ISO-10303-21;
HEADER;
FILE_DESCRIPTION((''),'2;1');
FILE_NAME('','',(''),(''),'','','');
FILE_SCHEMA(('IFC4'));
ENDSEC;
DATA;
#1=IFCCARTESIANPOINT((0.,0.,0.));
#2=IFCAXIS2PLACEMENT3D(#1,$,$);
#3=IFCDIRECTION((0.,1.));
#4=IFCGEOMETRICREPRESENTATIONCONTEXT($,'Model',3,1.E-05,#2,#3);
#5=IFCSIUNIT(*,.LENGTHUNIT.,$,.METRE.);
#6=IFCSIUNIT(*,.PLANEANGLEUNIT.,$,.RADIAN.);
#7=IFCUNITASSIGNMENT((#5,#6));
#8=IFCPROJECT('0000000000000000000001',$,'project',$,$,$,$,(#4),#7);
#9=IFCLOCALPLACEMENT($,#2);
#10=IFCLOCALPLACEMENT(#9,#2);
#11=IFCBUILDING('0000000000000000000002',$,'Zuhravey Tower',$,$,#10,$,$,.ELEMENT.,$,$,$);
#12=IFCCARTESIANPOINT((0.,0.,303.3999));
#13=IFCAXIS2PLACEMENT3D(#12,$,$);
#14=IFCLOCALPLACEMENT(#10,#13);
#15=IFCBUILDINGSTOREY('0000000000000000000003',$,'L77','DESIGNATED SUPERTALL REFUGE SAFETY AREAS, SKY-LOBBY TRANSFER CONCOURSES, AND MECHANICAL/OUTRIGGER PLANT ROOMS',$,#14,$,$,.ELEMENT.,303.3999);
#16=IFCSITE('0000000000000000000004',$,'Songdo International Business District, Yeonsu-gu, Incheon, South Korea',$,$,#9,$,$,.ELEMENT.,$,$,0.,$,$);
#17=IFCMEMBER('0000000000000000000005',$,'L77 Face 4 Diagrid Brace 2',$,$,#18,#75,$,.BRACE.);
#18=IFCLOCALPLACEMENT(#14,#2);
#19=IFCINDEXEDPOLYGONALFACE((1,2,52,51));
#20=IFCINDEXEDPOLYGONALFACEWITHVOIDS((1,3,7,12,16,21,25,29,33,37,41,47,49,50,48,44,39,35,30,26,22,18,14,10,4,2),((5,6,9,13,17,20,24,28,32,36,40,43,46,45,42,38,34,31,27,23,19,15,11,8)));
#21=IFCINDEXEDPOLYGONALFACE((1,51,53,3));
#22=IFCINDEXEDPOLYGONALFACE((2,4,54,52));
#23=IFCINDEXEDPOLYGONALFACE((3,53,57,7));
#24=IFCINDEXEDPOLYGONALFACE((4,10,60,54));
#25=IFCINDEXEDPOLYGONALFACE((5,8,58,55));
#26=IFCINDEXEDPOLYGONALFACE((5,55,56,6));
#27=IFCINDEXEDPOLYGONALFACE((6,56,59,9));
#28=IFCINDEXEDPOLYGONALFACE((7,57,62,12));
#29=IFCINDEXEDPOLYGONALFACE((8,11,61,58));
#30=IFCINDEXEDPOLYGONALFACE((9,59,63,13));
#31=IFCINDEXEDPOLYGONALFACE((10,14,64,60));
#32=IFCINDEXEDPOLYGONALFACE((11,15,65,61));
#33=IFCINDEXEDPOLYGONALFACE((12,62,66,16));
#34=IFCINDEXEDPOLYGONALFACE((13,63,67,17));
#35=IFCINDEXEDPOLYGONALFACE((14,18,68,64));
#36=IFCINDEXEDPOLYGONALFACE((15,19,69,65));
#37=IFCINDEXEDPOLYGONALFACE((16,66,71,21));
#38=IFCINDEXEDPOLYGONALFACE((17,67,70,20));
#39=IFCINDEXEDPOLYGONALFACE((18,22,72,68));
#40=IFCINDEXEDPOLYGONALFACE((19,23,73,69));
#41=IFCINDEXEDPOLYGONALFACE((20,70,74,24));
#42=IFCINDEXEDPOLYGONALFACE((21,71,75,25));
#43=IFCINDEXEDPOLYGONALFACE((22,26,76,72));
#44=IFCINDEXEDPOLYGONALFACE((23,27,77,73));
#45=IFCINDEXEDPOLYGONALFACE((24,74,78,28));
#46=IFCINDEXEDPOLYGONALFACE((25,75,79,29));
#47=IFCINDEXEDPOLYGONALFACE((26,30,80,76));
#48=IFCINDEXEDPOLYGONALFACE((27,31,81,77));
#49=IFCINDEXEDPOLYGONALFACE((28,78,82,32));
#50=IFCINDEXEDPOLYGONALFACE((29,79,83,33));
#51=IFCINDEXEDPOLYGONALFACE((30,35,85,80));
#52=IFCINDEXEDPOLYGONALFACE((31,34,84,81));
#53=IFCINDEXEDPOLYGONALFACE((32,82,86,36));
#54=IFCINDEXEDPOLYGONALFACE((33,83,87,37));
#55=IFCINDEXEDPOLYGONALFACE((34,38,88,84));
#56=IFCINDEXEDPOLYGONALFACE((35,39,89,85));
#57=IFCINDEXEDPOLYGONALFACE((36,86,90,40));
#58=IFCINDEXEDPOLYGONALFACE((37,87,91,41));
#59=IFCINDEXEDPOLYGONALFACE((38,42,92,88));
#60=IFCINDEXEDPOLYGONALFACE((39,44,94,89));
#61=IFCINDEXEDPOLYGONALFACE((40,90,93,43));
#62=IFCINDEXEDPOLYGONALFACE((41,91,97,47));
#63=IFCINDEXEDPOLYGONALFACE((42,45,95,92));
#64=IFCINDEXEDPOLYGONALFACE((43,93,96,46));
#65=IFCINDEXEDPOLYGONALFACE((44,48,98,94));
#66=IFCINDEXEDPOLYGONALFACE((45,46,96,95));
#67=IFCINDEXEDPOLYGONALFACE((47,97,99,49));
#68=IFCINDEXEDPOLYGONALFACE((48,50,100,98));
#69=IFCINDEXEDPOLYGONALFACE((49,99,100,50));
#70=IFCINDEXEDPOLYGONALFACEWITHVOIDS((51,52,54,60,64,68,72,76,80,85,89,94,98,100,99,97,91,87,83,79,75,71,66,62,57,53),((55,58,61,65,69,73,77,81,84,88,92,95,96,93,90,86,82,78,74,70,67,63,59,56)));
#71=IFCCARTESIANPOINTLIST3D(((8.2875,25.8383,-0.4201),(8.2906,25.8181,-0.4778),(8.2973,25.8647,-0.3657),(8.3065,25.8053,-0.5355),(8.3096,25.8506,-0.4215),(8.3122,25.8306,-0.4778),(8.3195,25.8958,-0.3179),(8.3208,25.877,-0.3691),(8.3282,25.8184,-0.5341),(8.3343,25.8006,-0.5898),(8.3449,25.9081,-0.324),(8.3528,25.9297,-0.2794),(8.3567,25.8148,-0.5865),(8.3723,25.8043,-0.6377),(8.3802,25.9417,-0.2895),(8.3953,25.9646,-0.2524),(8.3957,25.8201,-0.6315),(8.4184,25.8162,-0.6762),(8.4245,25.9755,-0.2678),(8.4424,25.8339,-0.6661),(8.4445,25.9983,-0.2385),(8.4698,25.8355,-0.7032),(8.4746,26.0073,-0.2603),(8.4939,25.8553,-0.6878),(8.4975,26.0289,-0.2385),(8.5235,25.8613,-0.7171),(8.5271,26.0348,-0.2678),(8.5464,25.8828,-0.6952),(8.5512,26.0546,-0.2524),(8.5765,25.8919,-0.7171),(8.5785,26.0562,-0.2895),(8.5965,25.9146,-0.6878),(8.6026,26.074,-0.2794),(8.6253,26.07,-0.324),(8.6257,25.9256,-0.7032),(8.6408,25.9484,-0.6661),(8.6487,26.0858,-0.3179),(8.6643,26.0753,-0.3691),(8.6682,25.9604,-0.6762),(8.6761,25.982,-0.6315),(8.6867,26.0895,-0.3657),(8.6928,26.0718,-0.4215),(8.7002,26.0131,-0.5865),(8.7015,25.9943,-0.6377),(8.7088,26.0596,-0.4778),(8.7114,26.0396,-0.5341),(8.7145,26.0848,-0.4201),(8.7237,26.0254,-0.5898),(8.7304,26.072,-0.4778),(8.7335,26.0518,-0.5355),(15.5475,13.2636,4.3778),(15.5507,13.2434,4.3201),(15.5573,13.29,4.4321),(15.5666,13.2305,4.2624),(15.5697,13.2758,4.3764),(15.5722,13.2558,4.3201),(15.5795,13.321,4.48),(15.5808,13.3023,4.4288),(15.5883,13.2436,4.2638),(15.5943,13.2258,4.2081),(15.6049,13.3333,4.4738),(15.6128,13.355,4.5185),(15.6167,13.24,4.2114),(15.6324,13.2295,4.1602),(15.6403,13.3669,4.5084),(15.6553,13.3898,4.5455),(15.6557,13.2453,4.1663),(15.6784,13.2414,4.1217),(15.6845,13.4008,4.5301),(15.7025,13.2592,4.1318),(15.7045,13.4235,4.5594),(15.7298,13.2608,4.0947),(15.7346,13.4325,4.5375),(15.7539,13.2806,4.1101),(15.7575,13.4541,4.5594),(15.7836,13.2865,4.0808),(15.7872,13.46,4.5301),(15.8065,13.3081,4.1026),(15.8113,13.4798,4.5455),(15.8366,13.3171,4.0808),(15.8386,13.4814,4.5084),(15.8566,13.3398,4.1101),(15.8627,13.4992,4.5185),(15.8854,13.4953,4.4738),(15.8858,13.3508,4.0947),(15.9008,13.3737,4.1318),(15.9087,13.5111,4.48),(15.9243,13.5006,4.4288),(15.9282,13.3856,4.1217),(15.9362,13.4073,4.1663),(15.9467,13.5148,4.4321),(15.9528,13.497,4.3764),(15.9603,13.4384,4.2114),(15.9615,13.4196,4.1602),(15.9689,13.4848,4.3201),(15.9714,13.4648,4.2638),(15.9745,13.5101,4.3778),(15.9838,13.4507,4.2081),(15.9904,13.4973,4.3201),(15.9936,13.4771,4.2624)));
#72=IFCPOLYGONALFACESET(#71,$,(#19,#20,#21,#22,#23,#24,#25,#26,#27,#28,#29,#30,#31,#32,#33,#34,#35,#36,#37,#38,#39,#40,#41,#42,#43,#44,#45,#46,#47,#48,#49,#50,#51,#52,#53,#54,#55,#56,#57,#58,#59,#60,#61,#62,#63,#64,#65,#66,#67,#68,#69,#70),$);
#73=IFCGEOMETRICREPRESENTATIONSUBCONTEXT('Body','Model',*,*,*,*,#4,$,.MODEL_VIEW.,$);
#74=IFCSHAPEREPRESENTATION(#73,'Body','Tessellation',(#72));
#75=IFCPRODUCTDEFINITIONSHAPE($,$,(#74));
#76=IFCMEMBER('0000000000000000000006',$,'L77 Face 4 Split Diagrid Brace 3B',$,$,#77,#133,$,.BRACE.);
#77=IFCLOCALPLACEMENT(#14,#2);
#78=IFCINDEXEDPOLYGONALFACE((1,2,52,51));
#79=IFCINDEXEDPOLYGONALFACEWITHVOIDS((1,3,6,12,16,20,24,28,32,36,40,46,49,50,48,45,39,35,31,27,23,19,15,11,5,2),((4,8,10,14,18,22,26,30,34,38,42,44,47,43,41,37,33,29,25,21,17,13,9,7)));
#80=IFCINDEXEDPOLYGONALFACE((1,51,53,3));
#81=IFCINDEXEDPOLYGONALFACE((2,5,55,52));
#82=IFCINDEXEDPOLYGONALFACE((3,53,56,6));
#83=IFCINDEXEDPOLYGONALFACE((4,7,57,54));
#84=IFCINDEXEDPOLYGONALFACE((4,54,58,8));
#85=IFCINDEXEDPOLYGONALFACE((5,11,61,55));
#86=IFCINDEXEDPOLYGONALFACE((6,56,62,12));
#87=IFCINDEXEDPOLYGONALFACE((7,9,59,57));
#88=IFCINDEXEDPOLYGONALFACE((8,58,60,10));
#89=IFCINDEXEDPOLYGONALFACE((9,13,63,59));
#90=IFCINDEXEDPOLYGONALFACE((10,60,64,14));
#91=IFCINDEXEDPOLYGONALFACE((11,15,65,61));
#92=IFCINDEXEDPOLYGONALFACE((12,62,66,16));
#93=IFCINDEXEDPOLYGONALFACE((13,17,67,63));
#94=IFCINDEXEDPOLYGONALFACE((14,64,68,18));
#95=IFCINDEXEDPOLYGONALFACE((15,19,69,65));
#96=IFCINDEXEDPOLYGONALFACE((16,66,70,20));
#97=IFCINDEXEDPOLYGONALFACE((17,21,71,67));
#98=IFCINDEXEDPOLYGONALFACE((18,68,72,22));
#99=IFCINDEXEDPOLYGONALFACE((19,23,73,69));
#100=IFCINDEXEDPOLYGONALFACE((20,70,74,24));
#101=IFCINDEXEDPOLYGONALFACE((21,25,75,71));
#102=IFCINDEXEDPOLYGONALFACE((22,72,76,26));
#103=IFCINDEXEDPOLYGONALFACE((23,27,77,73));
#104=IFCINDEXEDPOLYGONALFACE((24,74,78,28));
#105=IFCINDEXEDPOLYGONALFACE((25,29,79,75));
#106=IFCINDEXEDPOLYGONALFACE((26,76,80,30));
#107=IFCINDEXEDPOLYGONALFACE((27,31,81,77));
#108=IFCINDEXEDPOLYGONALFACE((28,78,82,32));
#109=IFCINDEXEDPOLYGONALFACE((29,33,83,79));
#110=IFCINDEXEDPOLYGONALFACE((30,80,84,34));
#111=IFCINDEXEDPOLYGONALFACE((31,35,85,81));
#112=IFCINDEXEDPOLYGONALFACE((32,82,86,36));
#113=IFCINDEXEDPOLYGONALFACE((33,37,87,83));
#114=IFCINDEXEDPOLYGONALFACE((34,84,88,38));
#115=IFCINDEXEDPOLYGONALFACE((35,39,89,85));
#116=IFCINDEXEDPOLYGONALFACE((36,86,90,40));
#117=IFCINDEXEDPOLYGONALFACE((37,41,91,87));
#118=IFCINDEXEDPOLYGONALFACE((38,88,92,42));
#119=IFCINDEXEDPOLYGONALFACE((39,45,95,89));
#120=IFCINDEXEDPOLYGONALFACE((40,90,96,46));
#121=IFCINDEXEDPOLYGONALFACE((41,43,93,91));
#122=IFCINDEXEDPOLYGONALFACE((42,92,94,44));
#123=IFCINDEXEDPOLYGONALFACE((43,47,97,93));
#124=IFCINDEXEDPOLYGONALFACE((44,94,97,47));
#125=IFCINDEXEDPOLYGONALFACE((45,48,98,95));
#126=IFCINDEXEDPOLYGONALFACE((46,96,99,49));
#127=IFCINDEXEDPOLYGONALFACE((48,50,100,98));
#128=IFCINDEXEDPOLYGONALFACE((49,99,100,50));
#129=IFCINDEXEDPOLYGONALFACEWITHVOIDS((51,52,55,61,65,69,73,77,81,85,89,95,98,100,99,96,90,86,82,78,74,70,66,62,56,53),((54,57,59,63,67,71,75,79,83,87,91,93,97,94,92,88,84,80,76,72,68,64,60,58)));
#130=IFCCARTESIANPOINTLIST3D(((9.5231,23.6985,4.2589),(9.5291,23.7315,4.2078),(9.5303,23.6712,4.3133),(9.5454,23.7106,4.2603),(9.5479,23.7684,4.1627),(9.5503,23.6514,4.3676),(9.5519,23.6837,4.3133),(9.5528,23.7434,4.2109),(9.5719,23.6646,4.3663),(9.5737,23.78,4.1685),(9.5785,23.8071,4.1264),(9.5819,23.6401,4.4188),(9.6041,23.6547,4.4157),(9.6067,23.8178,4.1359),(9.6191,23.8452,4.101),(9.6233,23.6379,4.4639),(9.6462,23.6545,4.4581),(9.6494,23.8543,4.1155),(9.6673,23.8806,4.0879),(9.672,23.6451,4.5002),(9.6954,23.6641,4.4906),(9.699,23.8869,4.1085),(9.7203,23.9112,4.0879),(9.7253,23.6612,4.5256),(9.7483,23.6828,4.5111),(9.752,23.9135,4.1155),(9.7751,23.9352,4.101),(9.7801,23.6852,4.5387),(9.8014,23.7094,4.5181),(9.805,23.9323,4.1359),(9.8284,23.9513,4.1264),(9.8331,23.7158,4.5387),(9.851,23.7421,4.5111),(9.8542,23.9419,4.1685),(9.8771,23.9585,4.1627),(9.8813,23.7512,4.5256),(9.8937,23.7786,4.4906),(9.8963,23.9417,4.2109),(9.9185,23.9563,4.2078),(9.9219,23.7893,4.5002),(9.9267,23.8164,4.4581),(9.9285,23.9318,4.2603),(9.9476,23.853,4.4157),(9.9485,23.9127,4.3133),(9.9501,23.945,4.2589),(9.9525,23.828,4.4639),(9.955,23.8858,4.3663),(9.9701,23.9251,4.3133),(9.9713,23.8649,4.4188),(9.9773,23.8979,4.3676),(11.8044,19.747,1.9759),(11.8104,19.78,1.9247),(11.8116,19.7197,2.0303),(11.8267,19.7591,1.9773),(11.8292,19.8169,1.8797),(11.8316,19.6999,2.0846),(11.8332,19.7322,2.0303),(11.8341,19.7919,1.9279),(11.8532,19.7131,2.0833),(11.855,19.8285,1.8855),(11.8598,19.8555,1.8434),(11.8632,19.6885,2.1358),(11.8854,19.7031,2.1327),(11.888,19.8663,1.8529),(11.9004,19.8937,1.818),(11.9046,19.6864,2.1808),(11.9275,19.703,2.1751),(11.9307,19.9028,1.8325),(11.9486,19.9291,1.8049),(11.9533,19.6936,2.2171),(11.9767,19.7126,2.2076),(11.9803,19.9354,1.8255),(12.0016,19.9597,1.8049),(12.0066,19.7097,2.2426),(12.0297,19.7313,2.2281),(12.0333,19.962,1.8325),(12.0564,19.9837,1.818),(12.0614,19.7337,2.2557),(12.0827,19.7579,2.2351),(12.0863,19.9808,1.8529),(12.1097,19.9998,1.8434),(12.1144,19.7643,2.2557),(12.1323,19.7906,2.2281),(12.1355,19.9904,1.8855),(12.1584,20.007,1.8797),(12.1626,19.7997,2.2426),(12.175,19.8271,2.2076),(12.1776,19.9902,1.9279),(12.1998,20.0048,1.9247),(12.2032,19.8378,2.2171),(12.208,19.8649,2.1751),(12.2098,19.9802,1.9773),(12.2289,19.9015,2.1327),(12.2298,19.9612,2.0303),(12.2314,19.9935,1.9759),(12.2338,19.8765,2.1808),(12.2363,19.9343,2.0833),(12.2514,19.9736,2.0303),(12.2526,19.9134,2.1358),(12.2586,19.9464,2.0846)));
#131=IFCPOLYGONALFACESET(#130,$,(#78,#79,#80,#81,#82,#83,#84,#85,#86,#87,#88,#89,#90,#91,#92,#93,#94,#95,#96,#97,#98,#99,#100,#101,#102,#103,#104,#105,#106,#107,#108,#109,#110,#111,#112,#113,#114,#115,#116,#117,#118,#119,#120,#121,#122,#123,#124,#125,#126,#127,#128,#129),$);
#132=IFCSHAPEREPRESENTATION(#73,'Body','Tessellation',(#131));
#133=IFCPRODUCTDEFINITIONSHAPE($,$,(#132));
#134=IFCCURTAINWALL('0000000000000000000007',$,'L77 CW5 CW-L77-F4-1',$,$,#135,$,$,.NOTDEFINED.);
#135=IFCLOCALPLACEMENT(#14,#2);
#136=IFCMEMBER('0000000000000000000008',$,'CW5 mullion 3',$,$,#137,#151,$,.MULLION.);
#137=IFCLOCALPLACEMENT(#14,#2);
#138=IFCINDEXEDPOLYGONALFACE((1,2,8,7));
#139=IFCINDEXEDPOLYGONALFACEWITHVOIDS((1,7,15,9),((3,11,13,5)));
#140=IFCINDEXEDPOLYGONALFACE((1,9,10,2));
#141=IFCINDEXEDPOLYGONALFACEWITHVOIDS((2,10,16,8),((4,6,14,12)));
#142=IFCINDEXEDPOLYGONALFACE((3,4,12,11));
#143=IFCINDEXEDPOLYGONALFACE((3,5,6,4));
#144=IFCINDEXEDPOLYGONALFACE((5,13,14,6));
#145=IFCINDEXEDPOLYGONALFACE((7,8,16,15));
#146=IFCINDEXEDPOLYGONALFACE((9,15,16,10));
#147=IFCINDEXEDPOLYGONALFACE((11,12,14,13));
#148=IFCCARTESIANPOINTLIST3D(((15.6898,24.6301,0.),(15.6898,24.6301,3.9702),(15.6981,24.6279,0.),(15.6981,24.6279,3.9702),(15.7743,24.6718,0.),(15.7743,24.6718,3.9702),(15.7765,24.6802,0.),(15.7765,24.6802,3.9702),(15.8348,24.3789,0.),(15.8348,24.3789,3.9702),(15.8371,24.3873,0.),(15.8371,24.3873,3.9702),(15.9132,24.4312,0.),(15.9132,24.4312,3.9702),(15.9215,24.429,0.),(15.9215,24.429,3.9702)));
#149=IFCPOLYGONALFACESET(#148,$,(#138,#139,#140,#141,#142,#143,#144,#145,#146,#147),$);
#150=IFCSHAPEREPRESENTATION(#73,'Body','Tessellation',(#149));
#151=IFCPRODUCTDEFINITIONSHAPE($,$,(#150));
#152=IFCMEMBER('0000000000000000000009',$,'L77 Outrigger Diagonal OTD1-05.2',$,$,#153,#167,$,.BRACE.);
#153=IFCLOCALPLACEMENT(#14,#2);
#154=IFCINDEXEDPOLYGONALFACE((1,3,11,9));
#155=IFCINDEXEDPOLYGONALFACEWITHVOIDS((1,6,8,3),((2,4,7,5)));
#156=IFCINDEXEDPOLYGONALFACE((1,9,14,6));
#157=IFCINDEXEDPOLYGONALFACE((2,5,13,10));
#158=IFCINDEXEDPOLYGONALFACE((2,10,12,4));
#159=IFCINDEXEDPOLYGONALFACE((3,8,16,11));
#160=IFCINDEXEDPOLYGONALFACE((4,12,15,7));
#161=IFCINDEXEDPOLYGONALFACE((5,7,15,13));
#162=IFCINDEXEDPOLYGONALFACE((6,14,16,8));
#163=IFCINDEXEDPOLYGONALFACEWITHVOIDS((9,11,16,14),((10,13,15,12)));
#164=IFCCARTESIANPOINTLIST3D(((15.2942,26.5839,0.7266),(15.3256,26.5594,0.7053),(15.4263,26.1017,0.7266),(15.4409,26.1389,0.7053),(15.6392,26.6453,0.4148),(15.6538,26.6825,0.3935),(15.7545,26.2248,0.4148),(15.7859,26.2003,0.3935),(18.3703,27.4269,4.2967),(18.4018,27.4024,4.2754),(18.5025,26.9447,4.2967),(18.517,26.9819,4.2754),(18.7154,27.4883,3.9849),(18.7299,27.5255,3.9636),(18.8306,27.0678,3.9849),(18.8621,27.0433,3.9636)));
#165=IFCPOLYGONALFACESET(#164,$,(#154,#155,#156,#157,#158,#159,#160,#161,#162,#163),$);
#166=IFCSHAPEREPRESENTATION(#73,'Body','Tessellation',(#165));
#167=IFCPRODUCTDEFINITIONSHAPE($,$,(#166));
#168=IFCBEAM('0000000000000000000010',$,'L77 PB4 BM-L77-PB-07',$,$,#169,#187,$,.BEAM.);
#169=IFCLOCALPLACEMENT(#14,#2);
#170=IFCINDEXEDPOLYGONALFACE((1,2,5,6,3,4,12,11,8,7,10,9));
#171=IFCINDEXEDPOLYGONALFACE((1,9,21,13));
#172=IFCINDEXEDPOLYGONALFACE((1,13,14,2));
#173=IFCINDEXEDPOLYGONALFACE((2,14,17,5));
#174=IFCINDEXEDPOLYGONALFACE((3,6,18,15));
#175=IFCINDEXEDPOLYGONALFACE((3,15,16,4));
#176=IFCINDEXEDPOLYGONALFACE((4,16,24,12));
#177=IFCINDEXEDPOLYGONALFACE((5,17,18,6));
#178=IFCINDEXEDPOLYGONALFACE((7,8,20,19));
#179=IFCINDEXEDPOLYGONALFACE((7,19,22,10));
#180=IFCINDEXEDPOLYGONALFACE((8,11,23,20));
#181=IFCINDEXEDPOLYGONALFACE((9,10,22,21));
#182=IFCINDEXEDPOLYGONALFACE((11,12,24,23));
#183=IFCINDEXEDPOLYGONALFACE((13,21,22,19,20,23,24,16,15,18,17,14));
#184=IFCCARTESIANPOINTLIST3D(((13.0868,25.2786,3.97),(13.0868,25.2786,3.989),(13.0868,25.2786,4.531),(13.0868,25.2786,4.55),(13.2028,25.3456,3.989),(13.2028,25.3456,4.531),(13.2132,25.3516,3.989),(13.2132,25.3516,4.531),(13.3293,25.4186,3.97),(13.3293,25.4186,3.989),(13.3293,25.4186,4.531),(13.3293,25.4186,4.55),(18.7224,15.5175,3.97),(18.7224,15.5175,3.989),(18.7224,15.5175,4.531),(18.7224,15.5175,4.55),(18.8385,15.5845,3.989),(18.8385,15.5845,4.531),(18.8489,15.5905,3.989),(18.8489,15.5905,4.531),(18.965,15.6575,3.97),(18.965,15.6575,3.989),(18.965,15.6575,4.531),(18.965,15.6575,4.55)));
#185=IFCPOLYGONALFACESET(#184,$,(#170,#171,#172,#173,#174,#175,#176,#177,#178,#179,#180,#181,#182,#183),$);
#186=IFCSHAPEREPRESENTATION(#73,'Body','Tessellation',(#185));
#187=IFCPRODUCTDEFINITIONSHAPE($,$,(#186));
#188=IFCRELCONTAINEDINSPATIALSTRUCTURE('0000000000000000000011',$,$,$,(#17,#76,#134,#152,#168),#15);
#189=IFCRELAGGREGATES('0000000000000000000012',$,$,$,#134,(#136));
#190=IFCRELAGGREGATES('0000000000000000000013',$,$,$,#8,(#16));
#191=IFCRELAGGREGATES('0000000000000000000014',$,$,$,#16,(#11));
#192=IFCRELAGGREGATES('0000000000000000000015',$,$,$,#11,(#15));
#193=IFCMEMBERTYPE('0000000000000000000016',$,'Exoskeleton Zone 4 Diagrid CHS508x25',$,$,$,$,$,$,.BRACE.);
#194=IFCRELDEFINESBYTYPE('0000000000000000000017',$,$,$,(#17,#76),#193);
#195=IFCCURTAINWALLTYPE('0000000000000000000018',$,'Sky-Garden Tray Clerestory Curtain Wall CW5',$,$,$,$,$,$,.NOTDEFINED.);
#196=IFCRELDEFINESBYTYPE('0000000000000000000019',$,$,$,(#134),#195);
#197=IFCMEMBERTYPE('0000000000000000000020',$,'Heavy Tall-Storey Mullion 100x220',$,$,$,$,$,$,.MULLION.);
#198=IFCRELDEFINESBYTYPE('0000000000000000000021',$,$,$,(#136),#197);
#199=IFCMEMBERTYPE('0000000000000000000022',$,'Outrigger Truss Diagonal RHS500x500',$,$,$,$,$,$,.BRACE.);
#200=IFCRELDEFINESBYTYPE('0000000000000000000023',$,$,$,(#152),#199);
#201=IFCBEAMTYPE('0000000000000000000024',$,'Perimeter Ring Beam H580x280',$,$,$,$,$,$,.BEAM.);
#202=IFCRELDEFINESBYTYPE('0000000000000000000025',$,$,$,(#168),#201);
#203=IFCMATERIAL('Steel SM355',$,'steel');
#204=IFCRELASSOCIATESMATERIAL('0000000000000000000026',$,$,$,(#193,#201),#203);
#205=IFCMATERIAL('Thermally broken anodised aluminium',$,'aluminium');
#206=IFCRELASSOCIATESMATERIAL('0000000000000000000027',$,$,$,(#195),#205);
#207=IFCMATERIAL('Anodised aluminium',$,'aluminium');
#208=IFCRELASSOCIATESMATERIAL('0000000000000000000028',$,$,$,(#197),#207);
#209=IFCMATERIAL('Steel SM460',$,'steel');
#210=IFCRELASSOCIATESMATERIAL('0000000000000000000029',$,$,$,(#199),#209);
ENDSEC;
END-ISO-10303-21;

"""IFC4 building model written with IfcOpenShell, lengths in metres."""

from ifc_helpers import new_model, si_unit, direction, frame, origin, origin_2d, place, context, subcontext, project, spatial, hollow_rectangle, hollow_circle, i_section, extrude, material, material_profile, profile_set, type_object, element, aggregate, save


model = new_model("IFC4")

# Units and contexts
model_context = context("Model", 3, precision=1e-05, world=origin(), true_north=direction((0.0, 1.0)))
body_context = subcontext(model_context, "Body", "Model", "MODEL_VIEW")
ifc_project = project(units=[si_unit("LENGTHUNIT", "METRE"), si_unit("PLANEANGLEUNIT", "RADIAN")], contexts=[model_context])

# Site, building, storey
site_placement = place(None, origin())
site = spatial("IfcSite", under=ifc_project, at=site_placement, Name="Songdo International Business District, Yeonsu-gu, Incheon, South Korea", CompositionType="ELEMENT", RefElevation=0.0)
building_placement = place(site_placement, origin())
building = spatial("IfcBuilding", under=site, at=building_placement, Name="Zuhravey Tower", CompositionType="ELEMENT")
storey_placement = place(building_placement, frame((0.0, 0.0, 303.3999)))
storey = spatial("IfcBuildingStorey", under=building, at=storey_placement, Name="L77", Description="DESIGNATED SUPERTALL REFUGE SAFETY AREAS, SKY-LOBBY TRANSFER CONCOURSES, AND MECHANICAL/OUTRIGGER PLANT ROOMS", CompositionType="ELEMENT", Elevation=303.3999)

# Shared definitions
ifc_material_1 = material(Name="Steel SM355", Category="steel")

# Shared definitions
ifc_material_2 = material(Name="Steel SM460", Category="steel")

# Members
ifc_material_profile_1 = material_profile(ifc_material_1, hollow_circle(Radius=0.2539, WallThickness=0.0249, at=origin_2d()), Name="CHS-508.0x25")
ifc_profile_set_1 = profile_set([ifc_material_profile_1], Name="Steel SM355")
member_type_1 = type_object("IfcMemberType", Name="Exoskeleton Zone 4 Diagrid CHS508x25", PredefinedType="BRACE", material=ifc_profile_set_1)
member_1_placement = place(storey_placement, frame((8.5105, 25.9451, -0.4778), z_axis=(0.474753, -0.822297, 0.313746), x_axis=(0.866025, 0.5, 0.0)))
element("IfcMember", 1, at=member_1_placement, inside=storey, type_object=member_type_1, Name="L77 Face 4 Diagrid Brace 2", PredefinedType="BRACE", context=body_context, shape_type="SweptSolid", body=[
    extrude(hollow_circle(Radius=0.2539, WallThickness=0.0249, at=origin_2d()), origin(), (0.0, 0.0, 1.0), 15.2922),
])
member_2_placement = place(storey_placement, frame((12.0315, 19.8467, 2.0303), z_axis=(-0.447135, 0.774494, 0.44747), x_axis=(-0.866035, -0.499983, 0.0)))
element("IfcMember", 2, at=member_2_placement, inside=storey, type_object=member_type_1, Name="L77 Face 4 Split Diagrid Brace 3B", PredefinedType="BRACE", context=body_context, shape_type="SweptSolid", body=[
    extrude(hollow_circle(Radius=0.2539, WallThickness=0.0249, at=origin_2d()), origin(), (0.0, 0.0, 1.0), 5.1021),
])

# Curtain wall, member
ifc_material_3 = material(Name="Thermally broken anodised aluminium", Category="aluminium")
curtain_wall_type = type_object("IfcCurtainWallType", Name="Sky-Garden Tray Clerestory Curtain Wall CW5", PredefinedType="NOTDEFINED", material=ifc_material_3)
curtain_wall_placement = place(storey_placement, origin())
curtain_wall = element("IfcCurtainWall", 3, at=curtain_wall_placement, inside=storey, type_object=curtain_wall_type, Name="L77 CW5 CW-L77-F4-1", PredefinedType="NOTDEFINED")
ifc_material_4 = material(Name="Anodised aluminium", Category="aluminium")
ifc_material_profile_2 = material_profile(ifc_material_4, hollow_rectangle(XDim=0.1001, YDim=0.29, WallThickness=0.0061, at=origin_2d()), Name="ALU-RHS-100x290x6")
ifc_profile_set_2 = profile_set([ifc_material_profile_2], Name="Anodised aluminium")
member_type_2 = type_object("IfcMemberType", Name="Heavy Tall-Storey Mullion 100x220", PredefinedType="MULLION", material=ifc_profile_set_2)
member_3_placement = place(storey_placement, frame((15.8057, 24.5295, 0.0), z_axis=(0.0, 0.0, 1.0), x_axis=(-0.866026, -0.499999, 0.0)))
member_3 = element("IfcMember", 4, at=member_3_placement, type_object=member_type_2, Name="CW5 mullion 3", PredefinedType="MULLION", context=body_context, shape_type="SweptSolid", body=[
    extrude(hollow_rectangle(XDim=0.1001, YDim=0.29, WallThickness=0.0061, at=origin_2d()), origin(), (0.0, 0.0, 1.0), 3.9702),
])

# Member
ifc_material_profile_3 = material_profile(ifc_material_2, hollow_rectangle(XDim=0.5, YDim=0.5, WallThickness=0.032, at=origin_2d()), Name="RHS-500x500x32")
ifc_profile_set_3 = profile_set([ifc_material_profile_3], Name="Steel SM460")
member_type_3 = type_object("IfcMemberType", Name="Outrigger Truss Diagonal RHS500x500", PredefinedType="BRACE", material=ifc_profile_set_3)
member_4_placement = place(storey_placement, frame((15.54, 26.3921, 0.5601), z_axis=(0.64256, 0.176092, 0.745727), x_axis=(-0.264302, 0.96444, 0.0)))
element("IfcMember", 5, at=member_4_placement, inside=storey, type_object=member_type_3, Name="L77 Outrigger Diagonal OTD1-05.2", PredefinedType="BRACE", context=body_context, shape_type="SweptSolid", body=[
    extrude(hollow_rectangle(XDim=0.5, YDim=0.5, WallThickness=0.032, at=origin_2d()), origin(), (0.0, 0.0, 1.0), 4.7874),
])

# Beam
ifc_material_profile_4 = material_profile(ifc_material_1, i_section(OverallWidth=0.28, OverallDepth=0.5801, WebThickness=0.012, FlangeThickness=0.019, at=origin_2d()), Name="H-580x280x12x19")
ifc_profile_set_4 = profile_set([ifc_material_profile_4], Name="Steel SM355")
beam_type_1 = type_object("IfcBeamType", Name="Perimeter Ring Beam H580x280", PredefinedType="BEAM", material=ifc_profile_set_4)
beam_1_placement = place(storey_placement, frame((13.208, 25.3486, 4.26), z_axis=(0.500006, -0.866022, 0.0), x_axis=(0.866022, 0.500006, 0.0)))
element("IfcBeam", 6, at=beam_1_placement, inside=storey, type_object=beam_type_1, Name="L77 PB4 BM-L77-PB-07", PredefinedType="BEAM", context=body_context, shape_type="SweptSolid", body=[
    extrude(i_section(OverallWidth=0.28, OverallDepth=0.5801, WebThickness=0.012, FlangeThickness=0.019, at=origin_2d()), origin(), (0.0, 0.0, 1.0), 11.2712),
])

aggregate(curtain_wall, [member_3])

save(model, "model.ifc")
